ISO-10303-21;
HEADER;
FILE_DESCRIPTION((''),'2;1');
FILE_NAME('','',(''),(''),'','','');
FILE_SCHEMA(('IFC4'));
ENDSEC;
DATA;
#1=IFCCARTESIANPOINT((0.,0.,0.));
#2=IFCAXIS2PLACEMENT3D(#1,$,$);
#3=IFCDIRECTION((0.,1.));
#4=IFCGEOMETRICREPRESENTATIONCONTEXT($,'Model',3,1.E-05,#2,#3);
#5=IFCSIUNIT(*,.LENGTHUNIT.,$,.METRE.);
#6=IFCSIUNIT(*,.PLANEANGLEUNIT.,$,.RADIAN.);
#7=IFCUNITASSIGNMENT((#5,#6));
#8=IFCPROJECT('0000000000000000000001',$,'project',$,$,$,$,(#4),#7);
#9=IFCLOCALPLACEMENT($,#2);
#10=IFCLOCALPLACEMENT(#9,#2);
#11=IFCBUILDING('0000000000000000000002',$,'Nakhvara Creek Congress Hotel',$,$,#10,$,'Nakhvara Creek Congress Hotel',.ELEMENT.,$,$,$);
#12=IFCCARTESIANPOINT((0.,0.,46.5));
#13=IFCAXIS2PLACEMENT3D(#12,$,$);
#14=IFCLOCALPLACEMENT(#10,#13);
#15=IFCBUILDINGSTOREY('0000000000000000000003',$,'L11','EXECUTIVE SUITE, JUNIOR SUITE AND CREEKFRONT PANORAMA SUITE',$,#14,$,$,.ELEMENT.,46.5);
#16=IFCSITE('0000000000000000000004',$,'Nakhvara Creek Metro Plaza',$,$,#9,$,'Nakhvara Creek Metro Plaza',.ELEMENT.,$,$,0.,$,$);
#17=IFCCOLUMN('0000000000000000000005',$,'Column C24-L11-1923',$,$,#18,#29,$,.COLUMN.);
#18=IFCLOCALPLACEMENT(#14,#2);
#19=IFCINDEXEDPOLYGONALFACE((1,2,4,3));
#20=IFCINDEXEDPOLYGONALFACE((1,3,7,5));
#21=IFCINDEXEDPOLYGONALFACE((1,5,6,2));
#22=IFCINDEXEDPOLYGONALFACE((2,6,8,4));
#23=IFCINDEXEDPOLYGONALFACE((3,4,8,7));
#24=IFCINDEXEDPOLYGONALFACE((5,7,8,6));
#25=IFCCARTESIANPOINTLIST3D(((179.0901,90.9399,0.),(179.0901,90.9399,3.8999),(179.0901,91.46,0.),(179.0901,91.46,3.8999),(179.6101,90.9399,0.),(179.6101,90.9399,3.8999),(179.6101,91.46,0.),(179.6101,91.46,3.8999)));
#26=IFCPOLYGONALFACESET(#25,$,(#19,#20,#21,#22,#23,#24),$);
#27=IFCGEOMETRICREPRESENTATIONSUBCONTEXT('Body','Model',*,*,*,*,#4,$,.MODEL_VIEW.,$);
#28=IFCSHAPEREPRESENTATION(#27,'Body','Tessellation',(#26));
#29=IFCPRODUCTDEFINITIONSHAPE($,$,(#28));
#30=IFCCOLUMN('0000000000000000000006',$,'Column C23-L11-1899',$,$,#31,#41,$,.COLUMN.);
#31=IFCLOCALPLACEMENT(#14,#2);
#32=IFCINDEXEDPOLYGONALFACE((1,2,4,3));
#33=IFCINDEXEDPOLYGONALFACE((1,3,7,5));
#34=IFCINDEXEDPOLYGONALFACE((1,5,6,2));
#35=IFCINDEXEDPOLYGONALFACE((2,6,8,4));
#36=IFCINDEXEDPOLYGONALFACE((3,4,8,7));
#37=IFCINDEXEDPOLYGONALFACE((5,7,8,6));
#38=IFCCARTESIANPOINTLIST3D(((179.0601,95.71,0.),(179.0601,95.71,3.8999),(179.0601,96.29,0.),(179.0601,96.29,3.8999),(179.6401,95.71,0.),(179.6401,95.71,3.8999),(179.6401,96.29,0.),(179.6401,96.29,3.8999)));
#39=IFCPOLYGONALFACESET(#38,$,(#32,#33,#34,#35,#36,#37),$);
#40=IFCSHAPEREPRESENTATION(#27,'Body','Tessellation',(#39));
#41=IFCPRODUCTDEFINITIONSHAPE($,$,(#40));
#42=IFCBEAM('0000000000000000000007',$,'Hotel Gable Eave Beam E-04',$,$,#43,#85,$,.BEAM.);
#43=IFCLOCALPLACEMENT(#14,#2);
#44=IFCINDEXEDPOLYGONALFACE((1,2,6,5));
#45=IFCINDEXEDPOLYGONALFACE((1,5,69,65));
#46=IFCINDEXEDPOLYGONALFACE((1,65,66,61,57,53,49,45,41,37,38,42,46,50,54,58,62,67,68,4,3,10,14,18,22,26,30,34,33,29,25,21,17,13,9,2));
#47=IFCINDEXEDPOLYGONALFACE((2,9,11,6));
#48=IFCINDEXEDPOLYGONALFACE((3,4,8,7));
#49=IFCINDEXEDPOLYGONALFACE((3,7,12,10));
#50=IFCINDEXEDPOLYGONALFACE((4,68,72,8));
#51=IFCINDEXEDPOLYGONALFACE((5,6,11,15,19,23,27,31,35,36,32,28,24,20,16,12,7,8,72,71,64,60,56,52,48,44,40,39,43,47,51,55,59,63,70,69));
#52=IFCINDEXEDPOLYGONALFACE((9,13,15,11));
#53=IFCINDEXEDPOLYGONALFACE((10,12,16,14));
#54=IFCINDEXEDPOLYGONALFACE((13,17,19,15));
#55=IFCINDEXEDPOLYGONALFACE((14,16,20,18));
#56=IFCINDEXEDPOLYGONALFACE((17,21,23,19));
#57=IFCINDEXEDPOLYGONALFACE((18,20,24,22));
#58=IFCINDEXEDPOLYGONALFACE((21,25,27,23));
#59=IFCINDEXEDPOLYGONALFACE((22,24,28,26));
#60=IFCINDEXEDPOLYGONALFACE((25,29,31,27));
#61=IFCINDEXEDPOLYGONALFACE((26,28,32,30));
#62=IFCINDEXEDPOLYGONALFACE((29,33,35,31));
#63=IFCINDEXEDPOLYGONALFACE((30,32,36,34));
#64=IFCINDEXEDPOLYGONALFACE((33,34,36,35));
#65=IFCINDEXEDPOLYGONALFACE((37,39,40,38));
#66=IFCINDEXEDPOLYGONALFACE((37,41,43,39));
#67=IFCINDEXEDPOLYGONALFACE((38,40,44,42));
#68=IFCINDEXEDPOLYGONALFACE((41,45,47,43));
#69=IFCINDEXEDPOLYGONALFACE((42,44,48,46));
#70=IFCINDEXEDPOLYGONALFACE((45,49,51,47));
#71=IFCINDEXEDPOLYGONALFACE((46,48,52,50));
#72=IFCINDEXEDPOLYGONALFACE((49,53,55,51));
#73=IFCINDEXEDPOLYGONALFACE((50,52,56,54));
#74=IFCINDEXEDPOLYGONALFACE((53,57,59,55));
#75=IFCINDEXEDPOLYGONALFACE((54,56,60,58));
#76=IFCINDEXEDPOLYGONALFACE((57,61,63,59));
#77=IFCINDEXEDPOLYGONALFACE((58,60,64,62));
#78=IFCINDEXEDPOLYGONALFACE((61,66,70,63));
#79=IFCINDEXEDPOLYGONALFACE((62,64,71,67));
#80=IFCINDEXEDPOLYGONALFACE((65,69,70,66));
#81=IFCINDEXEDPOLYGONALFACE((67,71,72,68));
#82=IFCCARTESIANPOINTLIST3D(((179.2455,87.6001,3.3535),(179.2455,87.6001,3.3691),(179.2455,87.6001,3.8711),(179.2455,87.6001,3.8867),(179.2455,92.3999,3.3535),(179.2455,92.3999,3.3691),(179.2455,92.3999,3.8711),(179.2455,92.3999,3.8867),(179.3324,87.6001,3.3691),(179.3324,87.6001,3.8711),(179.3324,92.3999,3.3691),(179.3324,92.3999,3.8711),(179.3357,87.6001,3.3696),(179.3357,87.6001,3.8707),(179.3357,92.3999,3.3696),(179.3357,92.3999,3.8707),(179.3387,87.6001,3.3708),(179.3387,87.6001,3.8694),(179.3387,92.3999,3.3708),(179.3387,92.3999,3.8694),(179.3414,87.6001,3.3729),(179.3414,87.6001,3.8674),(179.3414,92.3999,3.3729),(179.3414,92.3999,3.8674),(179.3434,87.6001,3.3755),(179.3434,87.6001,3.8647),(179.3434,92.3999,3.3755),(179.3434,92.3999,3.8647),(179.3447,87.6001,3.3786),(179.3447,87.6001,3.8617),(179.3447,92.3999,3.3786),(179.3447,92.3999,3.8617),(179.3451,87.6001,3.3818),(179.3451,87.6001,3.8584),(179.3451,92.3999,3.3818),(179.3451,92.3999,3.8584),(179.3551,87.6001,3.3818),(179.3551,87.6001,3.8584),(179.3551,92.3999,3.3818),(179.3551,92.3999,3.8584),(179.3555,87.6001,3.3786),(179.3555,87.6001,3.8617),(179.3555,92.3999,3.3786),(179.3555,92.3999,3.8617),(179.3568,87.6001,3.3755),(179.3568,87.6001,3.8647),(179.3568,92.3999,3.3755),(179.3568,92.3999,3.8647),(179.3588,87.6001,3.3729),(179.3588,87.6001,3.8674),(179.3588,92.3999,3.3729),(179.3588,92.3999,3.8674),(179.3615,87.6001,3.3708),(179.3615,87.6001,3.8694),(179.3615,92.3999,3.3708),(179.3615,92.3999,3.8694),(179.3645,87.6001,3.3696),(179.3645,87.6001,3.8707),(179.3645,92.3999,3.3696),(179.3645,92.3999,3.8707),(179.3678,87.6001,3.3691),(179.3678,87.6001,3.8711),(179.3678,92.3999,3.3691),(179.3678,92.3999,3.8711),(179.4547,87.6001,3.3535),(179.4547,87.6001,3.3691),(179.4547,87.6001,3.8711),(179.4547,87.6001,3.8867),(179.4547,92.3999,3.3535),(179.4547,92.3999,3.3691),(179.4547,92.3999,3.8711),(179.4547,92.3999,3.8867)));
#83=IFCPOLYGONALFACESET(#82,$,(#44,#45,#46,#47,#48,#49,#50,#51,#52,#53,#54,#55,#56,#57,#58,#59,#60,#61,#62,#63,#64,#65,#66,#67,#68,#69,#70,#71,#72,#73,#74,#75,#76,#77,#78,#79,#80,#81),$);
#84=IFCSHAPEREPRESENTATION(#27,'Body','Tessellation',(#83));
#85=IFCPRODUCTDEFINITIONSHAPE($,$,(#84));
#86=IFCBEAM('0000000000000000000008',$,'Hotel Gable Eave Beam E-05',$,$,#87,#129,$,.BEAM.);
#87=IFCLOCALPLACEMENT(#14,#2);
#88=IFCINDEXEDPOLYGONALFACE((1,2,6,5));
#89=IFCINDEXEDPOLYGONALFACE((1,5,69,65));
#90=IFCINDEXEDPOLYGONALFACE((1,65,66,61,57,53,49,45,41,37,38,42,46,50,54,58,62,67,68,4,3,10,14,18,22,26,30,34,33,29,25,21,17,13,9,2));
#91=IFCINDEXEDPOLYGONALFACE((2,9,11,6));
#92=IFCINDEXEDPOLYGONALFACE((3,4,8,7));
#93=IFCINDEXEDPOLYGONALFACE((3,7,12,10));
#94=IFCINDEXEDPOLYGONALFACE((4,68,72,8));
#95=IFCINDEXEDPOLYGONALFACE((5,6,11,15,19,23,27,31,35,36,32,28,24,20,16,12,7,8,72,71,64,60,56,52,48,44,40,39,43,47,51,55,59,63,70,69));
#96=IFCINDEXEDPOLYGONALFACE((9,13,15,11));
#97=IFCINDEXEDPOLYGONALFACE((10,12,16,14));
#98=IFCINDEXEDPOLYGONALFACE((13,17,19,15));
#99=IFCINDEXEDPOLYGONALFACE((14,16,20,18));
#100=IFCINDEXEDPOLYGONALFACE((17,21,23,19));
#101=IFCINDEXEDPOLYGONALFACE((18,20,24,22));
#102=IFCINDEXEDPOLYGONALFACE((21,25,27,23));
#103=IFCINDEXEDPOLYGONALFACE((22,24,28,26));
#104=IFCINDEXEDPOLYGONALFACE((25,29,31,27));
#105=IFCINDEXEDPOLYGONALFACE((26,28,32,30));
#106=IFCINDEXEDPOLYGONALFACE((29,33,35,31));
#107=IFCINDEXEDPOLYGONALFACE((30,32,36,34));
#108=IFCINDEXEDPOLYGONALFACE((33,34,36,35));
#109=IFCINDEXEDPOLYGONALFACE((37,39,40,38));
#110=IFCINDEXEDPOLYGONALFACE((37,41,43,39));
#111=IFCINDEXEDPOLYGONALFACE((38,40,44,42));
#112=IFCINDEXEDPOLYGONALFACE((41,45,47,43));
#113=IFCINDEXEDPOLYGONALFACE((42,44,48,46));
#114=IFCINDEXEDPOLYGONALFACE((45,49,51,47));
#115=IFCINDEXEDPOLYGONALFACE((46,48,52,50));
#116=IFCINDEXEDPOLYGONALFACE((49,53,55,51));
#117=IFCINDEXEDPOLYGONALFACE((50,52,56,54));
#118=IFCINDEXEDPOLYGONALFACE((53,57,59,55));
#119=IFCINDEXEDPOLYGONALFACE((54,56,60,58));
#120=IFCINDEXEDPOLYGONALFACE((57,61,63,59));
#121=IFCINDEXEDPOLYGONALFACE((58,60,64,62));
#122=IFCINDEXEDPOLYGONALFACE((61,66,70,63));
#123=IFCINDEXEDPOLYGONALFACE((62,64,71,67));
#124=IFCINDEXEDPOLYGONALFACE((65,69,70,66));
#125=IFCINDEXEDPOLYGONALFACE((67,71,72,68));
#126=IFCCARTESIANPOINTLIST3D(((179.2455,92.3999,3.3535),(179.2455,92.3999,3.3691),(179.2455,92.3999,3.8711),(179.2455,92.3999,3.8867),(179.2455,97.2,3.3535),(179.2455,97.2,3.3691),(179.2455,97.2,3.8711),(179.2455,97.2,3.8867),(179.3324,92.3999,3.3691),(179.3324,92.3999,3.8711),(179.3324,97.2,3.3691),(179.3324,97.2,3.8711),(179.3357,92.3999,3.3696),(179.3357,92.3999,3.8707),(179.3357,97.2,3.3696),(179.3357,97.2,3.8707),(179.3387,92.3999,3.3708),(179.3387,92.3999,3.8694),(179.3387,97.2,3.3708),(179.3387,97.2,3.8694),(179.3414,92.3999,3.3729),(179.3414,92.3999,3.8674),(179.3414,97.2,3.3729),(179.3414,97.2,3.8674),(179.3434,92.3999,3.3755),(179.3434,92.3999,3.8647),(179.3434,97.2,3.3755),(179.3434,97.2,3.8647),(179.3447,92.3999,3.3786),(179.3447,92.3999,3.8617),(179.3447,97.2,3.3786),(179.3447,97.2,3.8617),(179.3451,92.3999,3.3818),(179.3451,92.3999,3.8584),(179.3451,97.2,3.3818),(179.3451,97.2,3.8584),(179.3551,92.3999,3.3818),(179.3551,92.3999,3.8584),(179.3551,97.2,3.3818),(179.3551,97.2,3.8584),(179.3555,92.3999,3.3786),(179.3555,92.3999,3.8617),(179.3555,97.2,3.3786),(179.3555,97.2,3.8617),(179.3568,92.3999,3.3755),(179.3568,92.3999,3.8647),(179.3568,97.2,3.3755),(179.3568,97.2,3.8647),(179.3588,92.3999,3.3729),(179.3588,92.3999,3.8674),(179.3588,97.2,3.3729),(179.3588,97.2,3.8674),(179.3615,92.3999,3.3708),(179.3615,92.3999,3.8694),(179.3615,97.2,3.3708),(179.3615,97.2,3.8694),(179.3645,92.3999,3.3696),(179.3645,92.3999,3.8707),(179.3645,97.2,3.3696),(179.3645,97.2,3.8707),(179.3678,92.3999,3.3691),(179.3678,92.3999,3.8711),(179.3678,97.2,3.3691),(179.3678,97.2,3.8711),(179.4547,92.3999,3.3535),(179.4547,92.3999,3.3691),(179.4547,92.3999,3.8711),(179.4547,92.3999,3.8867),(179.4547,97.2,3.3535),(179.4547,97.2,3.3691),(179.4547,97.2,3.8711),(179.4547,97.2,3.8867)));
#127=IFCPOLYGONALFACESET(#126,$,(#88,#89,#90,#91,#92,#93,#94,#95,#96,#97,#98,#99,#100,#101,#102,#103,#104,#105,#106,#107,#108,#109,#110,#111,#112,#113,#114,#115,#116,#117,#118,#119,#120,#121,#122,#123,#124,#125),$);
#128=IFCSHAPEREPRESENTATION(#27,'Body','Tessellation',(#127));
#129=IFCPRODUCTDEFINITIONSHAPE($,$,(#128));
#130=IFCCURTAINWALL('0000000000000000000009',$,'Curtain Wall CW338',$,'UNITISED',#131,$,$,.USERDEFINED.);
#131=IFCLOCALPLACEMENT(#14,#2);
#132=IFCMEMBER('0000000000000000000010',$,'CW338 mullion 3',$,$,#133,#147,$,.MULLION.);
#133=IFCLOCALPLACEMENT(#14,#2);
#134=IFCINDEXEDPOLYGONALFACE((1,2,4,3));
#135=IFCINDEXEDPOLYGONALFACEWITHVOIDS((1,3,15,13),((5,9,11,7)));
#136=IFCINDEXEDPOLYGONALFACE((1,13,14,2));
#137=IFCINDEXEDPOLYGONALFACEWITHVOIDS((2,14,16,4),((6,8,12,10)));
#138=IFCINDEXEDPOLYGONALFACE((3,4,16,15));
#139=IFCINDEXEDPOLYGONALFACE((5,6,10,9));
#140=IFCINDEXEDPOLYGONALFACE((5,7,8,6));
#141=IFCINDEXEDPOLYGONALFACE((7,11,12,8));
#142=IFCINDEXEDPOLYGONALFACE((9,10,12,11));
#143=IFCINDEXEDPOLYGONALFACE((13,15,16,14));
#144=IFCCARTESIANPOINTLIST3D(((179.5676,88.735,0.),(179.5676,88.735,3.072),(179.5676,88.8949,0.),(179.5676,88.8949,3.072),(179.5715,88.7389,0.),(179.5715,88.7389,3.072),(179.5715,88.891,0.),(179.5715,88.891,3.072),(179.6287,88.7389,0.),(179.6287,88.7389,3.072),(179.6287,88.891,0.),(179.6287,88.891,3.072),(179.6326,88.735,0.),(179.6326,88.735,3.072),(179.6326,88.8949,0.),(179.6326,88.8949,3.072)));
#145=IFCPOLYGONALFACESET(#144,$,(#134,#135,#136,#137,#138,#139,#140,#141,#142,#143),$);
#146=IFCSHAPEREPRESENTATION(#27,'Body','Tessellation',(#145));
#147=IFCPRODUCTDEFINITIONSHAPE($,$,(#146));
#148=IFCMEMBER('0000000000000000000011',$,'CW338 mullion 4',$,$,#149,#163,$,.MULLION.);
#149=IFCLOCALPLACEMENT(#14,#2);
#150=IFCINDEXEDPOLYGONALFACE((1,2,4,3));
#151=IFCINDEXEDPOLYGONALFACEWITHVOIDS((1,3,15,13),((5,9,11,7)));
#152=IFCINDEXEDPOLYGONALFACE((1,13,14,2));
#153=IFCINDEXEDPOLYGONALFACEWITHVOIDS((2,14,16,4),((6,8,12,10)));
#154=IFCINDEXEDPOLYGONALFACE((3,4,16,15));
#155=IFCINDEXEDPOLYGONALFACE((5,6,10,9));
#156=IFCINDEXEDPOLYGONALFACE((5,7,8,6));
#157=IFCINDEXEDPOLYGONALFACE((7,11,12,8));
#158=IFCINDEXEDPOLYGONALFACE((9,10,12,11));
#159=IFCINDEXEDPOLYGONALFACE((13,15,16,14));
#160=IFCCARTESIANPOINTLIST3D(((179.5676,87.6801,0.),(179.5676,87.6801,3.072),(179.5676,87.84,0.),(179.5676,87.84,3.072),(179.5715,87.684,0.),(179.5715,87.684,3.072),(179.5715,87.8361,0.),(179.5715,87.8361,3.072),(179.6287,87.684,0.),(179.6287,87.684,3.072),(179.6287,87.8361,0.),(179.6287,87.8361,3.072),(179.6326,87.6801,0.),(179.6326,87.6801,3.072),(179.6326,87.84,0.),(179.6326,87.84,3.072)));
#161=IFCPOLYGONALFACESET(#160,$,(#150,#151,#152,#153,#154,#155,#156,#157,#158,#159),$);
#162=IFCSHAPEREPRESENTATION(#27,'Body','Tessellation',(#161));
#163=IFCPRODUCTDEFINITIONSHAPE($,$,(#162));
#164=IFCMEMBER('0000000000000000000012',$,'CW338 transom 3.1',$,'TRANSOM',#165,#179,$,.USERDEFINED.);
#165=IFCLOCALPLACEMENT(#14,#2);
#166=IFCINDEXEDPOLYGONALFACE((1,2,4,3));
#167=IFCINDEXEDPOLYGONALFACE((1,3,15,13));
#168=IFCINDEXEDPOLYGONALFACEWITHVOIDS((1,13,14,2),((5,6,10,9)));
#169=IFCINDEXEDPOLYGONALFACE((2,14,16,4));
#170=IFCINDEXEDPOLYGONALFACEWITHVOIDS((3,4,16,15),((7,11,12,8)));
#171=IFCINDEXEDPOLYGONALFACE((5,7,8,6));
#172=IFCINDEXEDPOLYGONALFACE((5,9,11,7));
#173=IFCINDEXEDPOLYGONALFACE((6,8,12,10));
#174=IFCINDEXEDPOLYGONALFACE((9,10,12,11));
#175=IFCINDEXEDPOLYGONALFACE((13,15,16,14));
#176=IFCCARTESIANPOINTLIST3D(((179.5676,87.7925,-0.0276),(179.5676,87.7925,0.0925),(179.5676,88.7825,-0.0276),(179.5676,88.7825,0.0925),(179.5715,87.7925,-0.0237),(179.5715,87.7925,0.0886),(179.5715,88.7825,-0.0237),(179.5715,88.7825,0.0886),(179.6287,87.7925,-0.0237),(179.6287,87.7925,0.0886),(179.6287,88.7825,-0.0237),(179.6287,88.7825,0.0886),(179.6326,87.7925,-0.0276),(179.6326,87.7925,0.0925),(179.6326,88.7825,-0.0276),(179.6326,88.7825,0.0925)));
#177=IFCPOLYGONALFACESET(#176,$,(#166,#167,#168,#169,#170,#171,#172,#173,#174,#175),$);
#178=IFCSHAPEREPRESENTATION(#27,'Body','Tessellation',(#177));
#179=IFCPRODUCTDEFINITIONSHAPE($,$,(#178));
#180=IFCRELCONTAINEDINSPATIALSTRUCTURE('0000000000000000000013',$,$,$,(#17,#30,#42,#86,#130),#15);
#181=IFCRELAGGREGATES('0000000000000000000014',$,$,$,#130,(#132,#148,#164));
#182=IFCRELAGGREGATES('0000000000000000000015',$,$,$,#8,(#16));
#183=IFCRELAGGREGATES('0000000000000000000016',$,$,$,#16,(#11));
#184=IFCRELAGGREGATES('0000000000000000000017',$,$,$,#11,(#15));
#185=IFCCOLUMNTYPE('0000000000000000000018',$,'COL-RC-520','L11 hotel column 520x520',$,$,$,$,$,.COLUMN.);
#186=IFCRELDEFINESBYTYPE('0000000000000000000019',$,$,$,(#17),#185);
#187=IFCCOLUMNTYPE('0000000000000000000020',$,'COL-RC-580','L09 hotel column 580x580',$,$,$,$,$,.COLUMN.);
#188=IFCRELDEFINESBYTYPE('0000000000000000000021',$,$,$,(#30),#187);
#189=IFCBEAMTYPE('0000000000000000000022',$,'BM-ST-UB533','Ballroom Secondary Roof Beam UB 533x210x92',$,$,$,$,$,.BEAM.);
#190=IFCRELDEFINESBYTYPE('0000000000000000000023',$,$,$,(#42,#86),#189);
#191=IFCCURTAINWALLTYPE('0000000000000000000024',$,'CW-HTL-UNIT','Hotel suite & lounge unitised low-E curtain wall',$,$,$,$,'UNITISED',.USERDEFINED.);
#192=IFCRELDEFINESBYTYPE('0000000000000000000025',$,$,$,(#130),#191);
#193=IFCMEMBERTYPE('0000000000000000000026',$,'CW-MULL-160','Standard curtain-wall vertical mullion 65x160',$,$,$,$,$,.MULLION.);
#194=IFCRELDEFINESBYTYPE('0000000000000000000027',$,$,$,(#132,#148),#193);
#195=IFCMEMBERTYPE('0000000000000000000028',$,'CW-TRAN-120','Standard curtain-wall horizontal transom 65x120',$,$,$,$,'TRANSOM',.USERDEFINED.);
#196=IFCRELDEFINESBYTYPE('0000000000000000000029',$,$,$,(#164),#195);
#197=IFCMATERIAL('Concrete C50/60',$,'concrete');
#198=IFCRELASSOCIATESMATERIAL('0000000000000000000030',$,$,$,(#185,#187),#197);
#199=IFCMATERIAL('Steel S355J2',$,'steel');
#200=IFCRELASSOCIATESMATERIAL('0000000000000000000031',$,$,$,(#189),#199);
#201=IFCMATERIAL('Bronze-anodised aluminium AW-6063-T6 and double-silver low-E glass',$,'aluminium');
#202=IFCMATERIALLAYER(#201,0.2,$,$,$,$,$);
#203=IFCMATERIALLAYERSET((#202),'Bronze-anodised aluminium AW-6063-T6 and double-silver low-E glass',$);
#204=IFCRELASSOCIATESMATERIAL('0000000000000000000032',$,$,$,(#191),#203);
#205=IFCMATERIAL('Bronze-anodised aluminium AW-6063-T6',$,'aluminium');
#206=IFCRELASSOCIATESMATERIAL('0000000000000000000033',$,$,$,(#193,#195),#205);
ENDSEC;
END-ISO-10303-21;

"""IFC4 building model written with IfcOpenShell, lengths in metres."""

from ifc_helpers import new_model, si_unit, direction, frame, origin, origin_2d, place, context, subcontext, project, spatial, rectangle, hollow_rectangle, i_section, extrude, material, layer, layer_set, material_profile, profile_set, type_object, element, aggregate, save


model = new_model("IFC4")

# Units and contexts
model_context = context("Model", 3, precision=1e-05, world=origin(), true_north=direction((0.0, 1.0)))
body_context = subcontext(model_context, "Body", "Model", "MODEL_VIEW")
ifc_project = project(units=[si_unit("LENGTHUNIT", "METRE"), si_unit("PLANEANGLEUNIT", "RADIAN")], contexts=[model_context])

# Site, building, storey
site_placement = place(None, origin())
site = spatial("IfcSite", under=ifc_project, at=site_placement, Name="Nakhvara Creek Metro Plaza", LongName="Nakhvara Creek Metro Plaza", CompositionType="ELEMENT", RefElevation=0.0)
building_placement = place(site_placement, origin())
building = spatial("IfcBuilding", under=site, at=building_placement, Name="Nakhvara Creek Congress Hotel", LongName="Nakhvara Creek Congress Hotel", CompositionType="ELEMENT")
storey_placement = place(building_placement, frame((0.0, 0.0, 46.5)))
storey = spatial("IfcBuildingStorey", under=building, at=storey_placement, Name="L11", Description="EXECUTIVE SUITE, JUNIOR SUITE AND CREEKFRONT PANORAMA SUITE", CompositionType="ELEMENT", Elevation=46.5)

# Columns
ifc_material_1 = material(Name="Concrete C50/60", Category="concrete")
ifc_material_profile_1 = material_profile(ifc_material_1, rectangle(XDim=0.52, YDim=0.52, at=origin_2d()), Name="RC-COL 520x520", Category="LoadBearing")
ifc_profile_set_1 = profile_set([ifc_material_profile_1], Name="Concrete C50/60")
column_type_1 = type_object("IfcColumnType", Name="COL-RC-520", Description="L11 hotel column 520x520", PredefinedType="COLUMN", material=ifc_profile_set_1)
column_1_placement = place(storey_placement, frame((179.3501, 91.2, 0.0), z_axis=(0.0, 0.0, 1.0), x_axis=(1.0, 0.0, 0.0)))
element("IfcColumn", 1, at=column_1_placement, inside=storey, type_object=column_type_1, Name="Column C24-L11-1923", PredefinedType="COLUMN", context=body_context, shape_type="SweptSolid", body=[
    extrude(rectangle(XDim=0.52, YDim=0.52, at=origin_2d()), origin(), (0.0, 0.0, 1.0), 3.8999),
])
ifc_material_profile_2 = material_profile(ifc_material_1, rectangle(XDim=0.5801, YDim=0.5801, at=origin_2d()), Name="RC-COL 580x580", Category="LoadBearing")
ifc_profile_set_2 = profile_set([ifc_material_profile_2], Name="Concrete C50/60")
column_type_2 = type_object("IfcColumnType", Name="COL-RC-580", Description="L09 hotel column 580x580", PredefinedType="COLUMN", material=ifc_profile_set_2)
column_2_placement = place(storey_placement, frame((179.3501, 96.0, 0.0), z_axis=(0.0, 0.0, 1.0), x_axis=(1.0, 0.0, 0.0)))
element("IfcColumn", 2, at=column_2_placement, inside=storey, type_object=column_type_2, Name="Column C23-L11-1899", PredefinedType="COLUMN", context=body_context, shape_type="SweptSolid", body=[
    extrude(rectangle(XDim=0.5801, YDim=0.5801, at=origin_2d()), origin(), (0.0, 0.0, 1.0), 3.8999),
])

# Beams
ifc_material_2 = material(Name="Steel S355J2", Category="steel")
ifc_material_profile_3 = material_profile(ifc_material_2, i_section(OverallWidth=0.2092, OverallDepth=0.5332, WebThickness=0.01, FlangeThickness=0.0156, FilletRadius=0.0127, at=origin_2d()), Name="UB 533x210x92", Category="LoadBearing")
ifc_profile_set_3 = profile_set([ifc_material_profile_3], Name="Steel S355J2")
beam_type = type_object("IfcBeamType", Name="BM-ST-UB533", Description="Ballroom Secondary Roof Beam UB 533x210x92", PredefinedType="BEAM", material=ifc_profile_set_3)
beam_1_placement = place(storey_placement, frame((179.3501, 87.6001, 3.6201), z_axis=(0.0, 1.0, 0.0), x_axis=(-1.0, 0.0, 0.0)))
element("IfcBeam", 3, at=beam_1_placement, inside=storey, type_object=beam_type, Name="Hotel Gable Eave Beam E-04", PredefinedType="BEAM", context=body_context, shape_type="SweptSolid", body=[
    extrude(i_section(OverallWidth=0.2092, OverallDepth=0.5332, WebThickness=0.01, FlangeThickness=0.0156, FilletRadius=0.0127, at=origin_2d()), origin(), (0.0, 0.0, 1.0), 4.7998),
])
beam_2_placement = place(storey_placement, frame((179.3501, 92.3999, 3.6201), z_axis=(0.0, 1.0, 0.0), x_axis=(-1.0, 0.0, 0.0)))
element("IfcBeam", 4, at=beam_2_placement, inside=storey, type_object=beam_type, Name="Hotel Gable Eave Beam E-05", PredefinedType="BEAM", context=body_context, shape_type="SweptSolid", body=[
    extrude(i_section(OverallWidth=0.2092, OverallDepth=0.5332, WebThickness=0.01, FlangeThickness=0.0156, FilletRadius=0.0127, at=origin_2d()), origin(), (0.0, 0.0, 1.0), 4.8),
])

# Curtain wall, members
ifc_material_3 = material(Name="Bronze-anodised aluminium AW-6063-T6 and double-silver low-E glass", Category="aluminium")
ifc_layer_1 = layer(ifc_material_3, 0.2)
ifc_layer_set_1 = layer_set([ifc_layer_1], Name="Bronze-anodised aluminium AW-6063-T6 and double-silver low-E glass")
curtain_wall_type = type_object("IfcCurtainWallType", Name="CW-HTL-UNIT", Description="Hotel suite & lounge unitised low-E curtain wall", ElementType="UNITISED", PredefinedType="USERDEFINED", material=ifc_layer_set_1)
curtain_wall_placement = place(storey_placement, origin())
curtain_wall = element("IfcCurtainWall", 5, at=curtain_wall_placement, inside=storey, type_object=curtain_wall_type, Name="Curtain Wall CW338", ObjectType="UNITISED", PredefinedType="USERDEFINED")
ifc_material_4 = material(Name="Bronze-anodised aluminium AW-6063-T6", Category="aluminium")
ifc_material_profile_4 = material_profile(ifc_material_4, hollow_rectangle(XDim=0.0649, YDim=0.1599, WallThickness=0.0039, at=origin_2d()), Name="ALU-MULL 65x160x4", Category="LoadBearing")
ifc_profile_set_4 = profile_set([ifc_material_profile_4], Name="Bronze-anodised aluminium AW-6063-T6")
member_type_1 = type_object("IfcMemberType", Name="CW-MULL-160", Description="Standard curtain-wall vertical mullion 65x160", PredefinedType="MULLION", material=ifc_profile_set_4)
member_1_placement = place(storey_placement, frame((179.6001, 88.8149, 0.0), z_axis=(0.0, 0.0, 1.0), x_axis=(1.0, 0.0, 0.0)))
member_1 = element("IfcMember", 6, at=member_1_placement, type_object=member_type_1, Name="CW338 mullion 3", PredefinedType="MULLION", context=body_context, shape_type="SweptSolid", body=[
    extrude(hollow_rectangle(XDim=0.0649, YDim=0.1599, WallThickness=0.0039, at=origin_2d()), origin(), (0.0, 0.0, 1.0), 3.072),
])
member_2_placement = place(storey_placement, frame((179.6001, 87.76, 0.0), z_axis=(0.0, 0.0, 1.0), x_axis=(1.0, 0.0, 0.0)))
member_2 = element("IfcMember", 7, at=member_2_placement, type_object=member_type_1, Name="CW338 mullion 4", PredefinedType="MULLION", context=body_context, shape_type="SweptSolid", body=[
    extrude(hollow_rectangle(XDim=0.0649, YDim=0.1599, WallThickness=0.0039, at=origin_2d()), origin(), (0.0, 0.0, 1.0), 3.072),
])
ifc_material_profile_5 = material_profile(ifc_material_4, hollow_rectangle(XDim=0.0649, YDim=0.1201, WallThickness=0.0039, at=origin_2d()), Name="ALU-TRAN 65x120x4", Category="LoadBearing")
ifc_profile_set_5 = profile_set([ifc_material_profile_5], Name="Bronze-anodised aluminium AW-6063-T6")
member_type_2 = type_object("IfcMemberType", Name="CW-TRAN-120", Description="Standard curtain-wall horizontal transom 65x120", ElementType="TRANSOM", PredefinedType="USERDEFINED", material=ifc_profile_set_5)
member_3_placement = place(storey_placement, frame((179.6001, 88.7825, 0.0325), z_axis=(0.0, -1.0, 0.0), x_axis=(1.0, 0.0, 0.0)))
member_3 = element("IfcMember", 8, at=member_3_placement, type_object=member_type_2, Name="CW338 transom 3.1", ObjectType="TRANSOM", PredefinedType="USERDEFINED", context=body_context, shape_type="SweptSolid", body=[
    extrude(hollow_rectangle(XDim=0.0649, YDim=0.1201, WallThickness=0.0039, at=origin_2d()), origin(), (0.0, 0.0, 1.0), 0.99),
])
aggregate(curtain_wall, [member_1, member_2, member_3])

save(model, "model.ifc")
